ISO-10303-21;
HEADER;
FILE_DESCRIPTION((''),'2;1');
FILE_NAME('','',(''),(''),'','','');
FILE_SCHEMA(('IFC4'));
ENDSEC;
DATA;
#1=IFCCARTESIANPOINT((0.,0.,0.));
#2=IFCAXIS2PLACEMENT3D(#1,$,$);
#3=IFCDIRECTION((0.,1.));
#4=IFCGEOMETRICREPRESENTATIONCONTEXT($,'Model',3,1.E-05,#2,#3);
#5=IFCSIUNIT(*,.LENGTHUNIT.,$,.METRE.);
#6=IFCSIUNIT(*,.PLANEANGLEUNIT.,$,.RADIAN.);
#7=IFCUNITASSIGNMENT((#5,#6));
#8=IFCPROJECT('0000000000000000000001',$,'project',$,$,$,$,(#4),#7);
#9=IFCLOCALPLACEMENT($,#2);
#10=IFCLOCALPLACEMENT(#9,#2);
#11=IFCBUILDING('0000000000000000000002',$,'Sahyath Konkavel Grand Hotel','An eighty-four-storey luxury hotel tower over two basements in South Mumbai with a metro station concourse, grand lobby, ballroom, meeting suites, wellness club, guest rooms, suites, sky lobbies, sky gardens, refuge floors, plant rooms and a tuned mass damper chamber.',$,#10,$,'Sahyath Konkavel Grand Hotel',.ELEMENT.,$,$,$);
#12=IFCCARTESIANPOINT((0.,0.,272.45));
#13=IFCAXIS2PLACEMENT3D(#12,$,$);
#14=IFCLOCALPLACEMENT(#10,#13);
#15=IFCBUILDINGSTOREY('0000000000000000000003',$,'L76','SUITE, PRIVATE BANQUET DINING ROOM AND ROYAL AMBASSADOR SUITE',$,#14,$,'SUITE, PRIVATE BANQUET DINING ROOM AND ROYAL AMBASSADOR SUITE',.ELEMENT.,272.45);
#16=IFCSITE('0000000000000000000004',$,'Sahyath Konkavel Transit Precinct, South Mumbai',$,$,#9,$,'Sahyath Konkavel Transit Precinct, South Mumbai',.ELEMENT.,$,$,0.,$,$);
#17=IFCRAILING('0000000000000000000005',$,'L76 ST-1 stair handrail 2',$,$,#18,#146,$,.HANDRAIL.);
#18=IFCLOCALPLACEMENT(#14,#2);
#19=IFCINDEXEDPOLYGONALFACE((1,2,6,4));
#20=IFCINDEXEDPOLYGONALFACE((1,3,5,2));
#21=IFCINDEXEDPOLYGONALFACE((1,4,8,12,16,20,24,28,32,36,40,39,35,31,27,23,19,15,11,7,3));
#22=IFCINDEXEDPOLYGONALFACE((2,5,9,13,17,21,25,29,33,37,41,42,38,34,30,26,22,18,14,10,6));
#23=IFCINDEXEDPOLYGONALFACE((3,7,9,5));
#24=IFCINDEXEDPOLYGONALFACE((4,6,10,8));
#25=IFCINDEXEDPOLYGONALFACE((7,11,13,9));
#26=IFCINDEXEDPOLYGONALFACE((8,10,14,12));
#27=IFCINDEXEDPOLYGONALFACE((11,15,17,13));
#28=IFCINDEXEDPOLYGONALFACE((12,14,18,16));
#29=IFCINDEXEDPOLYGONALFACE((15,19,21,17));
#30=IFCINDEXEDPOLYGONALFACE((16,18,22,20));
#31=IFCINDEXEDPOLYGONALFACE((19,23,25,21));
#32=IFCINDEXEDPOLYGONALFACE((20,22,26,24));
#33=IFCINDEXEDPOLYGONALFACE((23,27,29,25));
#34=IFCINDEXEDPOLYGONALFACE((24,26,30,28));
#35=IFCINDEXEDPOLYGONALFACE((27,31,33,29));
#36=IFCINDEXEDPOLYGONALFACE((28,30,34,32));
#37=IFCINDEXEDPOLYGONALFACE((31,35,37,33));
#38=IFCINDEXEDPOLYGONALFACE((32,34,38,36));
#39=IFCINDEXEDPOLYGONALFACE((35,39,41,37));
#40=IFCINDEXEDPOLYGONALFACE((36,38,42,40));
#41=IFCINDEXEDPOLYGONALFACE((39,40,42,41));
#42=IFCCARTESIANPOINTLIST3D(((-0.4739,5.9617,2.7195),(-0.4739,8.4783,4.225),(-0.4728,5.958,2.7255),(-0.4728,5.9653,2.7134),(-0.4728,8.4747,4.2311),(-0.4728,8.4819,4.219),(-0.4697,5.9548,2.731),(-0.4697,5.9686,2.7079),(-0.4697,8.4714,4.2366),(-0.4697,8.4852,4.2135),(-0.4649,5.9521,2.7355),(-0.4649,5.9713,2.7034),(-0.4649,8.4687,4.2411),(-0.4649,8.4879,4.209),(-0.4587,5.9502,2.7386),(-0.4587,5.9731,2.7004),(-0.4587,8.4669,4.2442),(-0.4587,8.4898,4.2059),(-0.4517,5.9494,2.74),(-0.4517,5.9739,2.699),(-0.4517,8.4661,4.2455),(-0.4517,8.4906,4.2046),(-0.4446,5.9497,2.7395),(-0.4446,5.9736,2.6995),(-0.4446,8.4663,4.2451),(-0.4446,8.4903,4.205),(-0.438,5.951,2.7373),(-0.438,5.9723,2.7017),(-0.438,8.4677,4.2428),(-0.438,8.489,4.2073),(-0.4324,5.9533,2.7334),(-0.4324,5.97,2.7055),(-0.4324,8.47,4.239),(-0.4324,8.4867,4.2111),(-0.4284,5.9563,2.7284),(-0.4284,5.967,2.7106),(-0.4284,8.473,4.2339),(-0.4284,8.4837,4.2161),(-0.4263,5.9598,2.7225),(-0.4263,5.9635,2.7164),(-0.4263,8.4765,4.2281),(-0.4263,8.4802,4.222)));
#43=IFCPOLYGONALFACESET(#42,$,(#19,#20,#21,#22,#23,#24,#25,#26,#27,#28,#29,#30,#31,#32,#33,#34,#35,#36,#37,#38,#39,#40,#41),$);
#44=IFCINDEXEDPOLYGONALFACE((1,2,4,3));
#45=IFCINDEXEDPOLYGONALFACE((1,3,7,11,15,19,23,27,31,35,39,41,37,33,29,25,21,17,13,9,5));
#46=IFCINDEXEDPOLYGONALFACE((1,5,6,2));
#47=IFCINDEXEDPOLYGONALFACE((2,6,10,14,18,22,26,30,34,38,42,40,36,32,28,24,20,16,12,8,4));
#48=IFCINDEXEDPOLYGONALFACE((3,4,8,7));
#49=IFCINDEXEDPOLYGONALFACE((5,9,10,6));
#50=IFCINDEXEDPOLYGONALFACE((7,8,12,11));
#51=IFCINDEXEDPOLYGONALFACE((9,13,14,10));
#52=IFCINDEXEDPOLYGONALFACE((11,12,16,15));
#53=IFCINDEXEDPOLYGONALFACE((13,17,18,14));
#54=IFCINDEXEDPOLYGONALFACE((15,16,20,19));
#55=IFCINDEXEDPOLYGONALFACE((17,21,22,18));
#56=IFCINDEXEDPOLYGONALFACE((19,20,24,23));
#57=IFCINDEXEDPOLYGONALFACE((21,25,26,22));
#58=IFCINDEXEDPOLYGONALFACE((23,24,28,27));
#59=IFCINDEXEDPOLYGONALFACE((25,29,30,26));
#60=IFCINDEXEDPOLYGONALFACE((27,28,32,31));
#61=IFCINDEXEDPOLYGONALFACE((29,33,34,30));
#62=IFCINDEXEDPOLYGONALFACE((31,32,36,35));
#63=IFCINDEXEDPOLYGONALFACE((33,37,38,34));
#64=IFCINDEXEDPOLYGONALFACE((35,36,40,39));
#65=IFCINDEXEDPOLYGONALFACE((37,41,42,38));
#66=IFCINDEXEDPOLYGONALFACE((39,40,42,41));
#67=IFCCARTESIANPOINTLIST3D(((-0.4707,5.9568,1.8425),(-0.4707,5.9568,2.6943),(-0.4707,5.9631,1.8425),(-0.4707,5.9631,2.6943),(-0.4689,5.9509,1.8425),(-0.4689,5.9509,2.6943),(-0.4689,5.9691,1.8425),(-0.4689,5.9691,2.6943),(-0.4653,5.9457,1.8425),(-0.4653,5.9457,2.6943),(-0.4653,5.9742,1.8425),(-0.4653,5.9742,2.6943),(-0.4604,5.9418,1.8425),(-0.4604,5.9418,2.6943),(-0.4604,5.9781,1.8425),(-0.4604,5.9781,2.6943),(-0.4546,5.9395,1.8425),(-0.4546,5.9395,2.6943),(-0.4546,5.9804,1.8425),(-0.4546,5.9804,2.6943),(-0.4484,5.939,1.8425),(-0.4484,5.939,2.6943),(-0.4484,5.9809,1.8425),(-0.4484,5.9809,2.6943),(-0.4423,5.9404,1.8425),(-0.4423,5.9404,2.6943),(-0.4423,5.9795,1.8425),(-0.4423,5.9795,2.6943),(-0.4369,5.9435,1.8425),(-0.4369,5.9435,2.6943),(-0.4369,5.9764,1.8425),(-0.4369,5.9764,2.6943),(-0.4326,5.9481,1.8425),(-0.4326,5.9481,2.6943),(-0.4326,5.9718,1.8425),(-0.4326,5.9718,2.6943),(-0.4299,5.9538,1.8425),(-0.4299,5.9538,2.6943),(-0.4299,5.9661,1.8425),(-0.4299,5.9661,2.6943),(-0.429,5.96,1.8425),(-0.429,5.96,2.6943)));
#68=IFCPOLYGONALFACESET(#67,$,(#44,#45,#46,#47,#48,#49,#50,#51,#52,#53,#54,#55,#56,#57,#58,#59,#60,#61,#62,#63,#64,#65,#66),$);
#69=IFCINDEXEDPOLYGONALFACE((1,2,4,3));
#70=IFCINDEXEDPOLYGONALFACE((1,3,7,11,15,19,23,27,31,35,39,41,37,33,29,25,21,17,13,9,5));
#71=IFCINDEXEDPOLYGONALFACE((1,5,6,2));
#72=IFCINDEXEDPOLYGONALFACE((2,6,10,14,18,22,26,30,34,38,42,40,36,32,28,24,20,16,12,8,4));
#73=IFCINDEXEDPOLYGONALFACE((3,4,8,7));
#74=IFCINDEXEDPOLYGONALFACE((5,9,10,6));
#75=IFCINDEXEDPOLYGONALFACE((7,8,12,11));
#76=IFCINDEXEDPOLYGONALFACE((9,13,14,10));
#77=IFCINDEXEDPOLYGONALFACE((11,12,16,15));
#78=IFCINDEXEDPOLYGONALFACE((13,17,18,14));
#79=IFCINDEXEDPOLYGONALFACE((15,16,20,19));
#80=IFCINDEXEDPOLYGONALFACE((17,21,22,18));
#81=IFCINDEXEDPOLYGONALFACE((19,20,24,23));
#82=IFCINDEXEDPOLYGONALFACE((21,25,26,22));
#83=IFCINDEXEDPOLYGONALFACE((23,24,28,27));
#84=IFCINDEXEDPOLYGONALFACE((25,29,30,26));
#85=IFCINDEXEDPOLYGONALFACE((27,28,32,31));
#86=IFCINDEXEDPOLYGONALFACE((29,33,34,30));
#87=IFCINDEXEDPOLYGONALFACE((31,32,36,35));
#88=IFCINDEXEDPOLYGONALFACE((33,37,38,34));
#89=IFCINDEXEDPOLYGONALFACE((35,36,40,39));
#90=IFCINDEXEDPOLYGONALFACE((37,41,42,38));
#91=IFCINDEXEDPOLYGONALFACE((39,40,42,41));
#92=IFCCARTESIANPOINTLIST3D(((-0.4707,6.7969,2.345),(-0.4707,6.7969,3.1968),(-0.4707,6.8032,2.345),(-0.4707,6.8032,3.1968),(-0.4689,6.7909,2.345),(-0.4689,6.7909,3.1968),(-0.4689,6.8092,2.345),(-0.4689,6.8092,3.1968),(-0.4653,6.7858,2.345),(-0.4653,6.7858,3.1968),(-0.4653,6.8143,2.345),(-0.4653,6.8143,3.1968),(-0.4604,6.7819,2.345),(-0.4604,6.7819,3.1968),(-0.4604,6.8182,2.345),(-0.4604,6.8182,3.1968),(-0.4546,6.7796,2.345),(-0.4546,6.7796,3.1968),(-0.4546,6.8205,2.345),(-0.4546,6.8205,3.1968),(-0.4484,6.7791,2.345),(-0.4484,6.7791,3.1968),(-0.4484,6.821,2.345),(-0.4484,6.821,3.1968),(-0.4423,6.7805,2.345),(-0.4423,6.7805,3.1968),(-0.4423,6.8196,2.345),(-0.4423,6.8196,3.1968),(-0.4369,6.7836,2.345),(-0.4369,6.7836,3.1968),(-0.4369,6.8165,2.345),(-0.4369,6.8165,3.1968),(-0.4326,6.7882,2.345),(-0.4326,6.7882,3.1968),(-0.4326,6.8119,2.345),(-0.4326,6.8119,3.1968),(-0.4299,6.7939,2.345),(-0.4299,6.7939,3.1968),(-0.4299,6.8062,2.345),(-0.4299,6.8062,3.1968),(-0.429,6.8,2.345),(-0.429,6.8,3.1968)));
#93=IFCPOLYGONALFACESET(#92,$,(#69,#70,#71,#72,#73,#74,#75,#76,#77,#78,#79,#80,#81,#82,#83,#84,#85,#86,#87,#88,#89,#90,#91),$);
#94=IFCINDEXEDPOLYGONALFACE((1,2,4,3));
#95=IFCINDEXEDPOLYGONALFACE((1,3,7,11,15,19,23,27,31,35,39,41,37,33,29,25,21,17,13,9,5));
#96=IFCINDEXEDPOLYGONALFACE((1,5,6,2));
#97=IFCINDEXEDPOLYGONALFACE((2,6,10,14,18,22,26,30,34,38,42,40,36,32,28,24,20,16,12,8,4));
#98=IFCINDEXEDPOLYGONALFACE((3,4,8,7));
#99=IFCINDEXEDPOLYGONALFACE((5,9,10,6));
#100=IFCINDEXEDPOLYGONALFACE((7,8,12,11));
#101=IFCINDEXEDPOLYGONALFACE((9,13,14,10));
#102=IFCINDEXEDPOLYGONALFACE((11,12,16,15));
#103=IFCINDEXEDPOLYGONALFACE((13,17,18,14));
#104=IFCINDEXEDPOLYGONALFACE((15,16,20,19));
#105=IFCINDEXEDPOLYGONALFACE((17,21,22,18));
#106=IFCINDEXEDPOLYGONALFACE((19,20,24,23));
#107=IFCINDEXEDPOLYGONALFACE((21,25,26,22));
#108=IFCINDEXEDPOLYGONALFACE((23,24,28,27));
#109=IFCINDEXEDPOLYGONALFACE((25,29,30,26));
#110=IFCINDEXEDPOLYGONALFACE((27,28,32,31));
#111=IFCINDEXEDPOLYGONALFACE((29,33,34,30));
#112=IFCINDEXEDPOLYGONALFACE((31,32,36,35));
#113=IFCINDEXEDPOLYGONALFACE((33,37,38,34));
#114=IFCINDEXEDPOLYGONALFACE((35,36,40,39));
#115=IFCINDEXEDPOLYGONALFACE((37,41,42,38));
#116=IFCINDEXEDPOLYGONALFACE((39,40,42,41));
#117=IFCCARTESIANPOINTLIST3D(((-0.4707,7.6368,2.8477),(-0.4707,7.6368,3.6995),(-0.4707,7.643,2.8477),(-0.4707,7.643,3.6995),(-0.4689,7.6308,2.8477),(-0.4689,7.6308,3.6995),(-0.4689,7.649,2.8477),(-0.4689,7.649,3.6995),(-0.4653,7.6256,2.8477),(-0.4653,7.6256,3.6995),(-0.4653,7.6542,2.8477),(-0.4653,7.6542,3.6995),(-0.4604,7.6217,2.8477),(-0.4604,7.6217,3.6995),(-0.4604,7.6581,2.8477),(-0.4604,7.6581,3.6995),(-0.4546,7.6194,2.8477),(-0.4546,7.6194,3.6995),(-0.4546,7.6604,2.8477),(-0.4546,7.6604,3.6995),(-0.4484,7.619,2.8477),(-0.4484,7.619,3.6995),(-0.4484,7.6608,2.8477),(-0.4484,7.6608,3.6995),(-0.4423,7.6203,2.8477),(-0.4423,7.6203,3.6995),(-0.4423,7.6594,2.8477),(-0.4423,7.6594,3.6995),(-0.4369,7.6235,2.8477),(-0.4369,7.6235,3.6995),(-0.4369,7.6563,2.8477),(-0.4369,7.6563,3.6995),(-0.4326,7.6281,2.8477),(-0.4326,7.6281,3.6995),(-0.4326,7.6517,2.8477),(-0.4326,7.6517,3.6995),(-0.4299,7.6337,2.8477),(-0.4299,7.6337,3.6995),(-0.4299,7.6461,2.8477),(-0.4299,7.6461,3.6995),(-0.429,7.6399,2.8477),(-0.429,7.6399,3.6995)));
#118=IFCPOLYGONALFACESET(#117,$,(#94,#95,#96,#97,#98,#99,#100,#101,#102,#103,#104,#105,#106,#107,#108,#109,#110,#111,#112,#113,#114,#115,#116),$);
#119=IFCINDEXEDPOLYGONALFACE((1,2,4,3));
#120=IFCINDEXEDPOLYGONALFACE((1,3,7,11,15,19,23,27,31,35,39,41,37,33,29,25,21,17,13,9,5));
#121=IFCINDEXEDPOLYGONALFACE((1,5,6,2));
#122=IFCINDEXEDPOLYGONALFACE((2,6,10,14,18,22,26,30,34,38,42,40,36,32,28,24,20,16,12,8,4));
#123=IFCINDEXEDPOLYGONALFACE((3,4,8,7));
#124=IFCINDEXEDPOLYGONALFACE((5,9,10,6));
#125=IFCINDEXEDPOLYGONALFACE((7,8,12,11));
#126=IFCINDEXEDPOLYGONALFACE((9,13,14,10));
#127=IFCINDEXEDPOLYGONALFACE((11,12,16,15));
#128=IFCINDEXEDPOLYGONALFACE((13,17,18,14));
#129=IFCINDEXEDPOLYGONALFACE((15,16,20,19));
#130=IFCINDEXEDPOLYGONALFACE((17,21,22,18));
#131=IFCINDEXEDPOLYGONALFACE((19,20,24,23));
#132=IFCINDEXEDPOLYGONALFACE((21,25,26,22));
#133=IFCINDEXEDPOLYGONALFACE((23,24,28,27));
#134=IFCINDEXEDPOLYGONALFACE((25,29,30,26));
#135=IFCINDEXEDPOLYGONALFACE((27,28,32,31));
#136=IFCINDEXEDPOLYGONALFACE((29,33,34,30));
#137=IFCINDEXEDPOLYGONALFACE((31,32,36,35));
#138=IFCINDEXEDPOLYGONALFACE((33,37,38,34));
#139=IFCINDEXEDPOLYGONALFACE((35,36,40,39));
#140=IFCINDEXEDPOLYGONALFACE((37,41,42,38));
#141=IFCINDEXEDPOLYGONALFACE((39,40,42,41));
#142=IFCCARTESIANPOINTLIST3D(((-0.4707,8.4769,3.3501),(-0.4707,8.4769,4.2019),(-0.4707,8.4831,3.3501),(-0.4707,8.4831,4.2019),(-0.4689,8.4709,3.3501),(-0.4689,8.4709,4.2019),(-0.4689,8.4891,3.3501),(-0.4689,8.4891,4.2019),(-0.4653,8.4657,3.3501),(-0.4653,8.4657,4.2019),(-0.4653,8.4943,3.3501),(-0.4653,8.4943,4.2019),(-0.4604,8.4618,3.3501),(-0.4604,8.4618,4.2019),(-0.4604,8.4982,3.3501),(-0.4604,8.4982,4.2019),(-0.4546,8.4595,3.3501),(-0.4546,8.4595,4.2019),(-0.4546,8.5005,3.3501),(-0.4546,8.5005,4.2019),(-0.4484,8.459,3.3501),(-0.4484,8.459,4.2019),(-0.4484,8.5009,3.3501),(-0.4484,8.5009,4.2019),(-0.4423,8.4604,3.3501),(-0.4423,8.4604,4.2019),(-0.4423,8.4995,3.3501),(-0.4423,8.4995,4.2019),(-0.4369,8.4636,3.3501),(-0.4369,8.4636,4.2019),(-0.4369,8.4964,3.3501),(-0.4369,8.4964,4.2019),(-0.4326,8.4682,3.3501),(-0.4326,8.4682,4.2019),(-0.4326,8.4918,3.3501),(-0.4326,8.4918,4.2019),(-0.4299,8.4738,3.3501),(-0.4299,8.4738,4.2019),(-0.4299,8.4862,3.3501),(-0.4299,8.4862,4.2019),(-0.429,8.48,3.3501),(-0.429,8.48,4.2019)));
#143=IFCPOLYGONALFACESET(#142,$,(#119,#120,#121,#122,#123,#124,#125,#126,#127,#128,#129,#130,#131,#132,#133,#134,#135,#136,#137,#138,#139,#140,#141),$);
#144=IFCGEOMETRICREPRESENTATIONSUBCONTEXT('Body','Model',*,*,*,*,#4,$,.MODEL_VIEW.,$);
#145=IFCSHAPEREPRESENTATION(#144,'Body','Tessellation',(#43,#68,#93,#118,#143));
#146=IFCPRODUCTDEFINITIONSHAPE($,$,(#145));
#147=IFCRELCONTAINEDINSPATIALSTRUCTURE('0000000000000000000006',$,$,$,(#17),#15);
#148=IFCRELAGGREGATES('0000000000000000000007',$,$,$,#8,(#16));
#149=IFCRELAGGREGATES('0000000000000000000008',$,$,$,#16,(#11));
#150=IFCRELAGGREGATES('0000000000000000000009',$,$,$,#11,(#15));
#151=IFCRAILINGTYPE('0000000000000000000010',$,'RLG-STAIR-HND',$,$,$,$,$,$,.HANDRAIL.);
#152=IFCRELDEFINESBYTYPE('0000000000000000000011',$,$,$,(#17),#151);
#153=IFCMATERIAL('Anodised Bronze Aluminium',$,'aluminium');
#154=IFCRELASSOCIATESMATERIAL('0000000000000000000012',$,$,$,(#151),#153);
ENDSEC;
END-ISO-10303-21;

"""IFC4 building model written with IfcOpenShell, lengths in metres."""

from ifc_helpers import new_model, si_unit, direction, frame, origin, origin_2d, place, context, subcontext, project, spatial, circle, extrude, material, type_object, element, save


model = new_model("IFC4")

# Units and contexts
model_context = context("Model", 3, precision=1e-05, world=origin(), true_north=direction((0.0, 1.0)))
body_context = subcontext(model_context, "Body", "Model", "MODEL_VIEW")
ifc_project = project(units=[si_unit("LENGTHUNIT", "METRE"), si_unit("PLANEANGLEUNIT", "RADIAN")], contexts=[model_context])

# Site, building, storey
site_placement = place(None, origin())
site = spatial("IfcSite", under=ifc_project, at=site_placement, Name="Sahyath Konkavel Transit Precinct, South Mumbai", LongName="Sahyath Konkavel Transit Precinct, South Mumbai", CompositionType="ELEMENT", RefElevation=0.0)
building_placement = place(site_placement, origin())
building = spatial("IfcBuilding", under=site, at=building_placement, Name="Sahyath Konkavel Grand Hotel", Description="An eighty-four-storey luxury hotel tower over two basements in South Mumbai with a metro station concourse, grand lobby, ballroom, meeting suites, wellness club, guest rooms, suites, sky lobbies, sky gardens, refuge floors, plant rooms and a tuned mass damper chamber.", LongName="Sahyath Konkavel Grand Hotel", CompositionType="ELEMENT")
storey_placement = place(building_placement, frame((0.0, 0.0, 272.45)))
storey = spatial("IfcBuildingStorey", under=building, at=storey_placement, Name="L76", Description="SUITE, PRIVATE BANQUET DINING ROOM AND ROYAL AMBASSADOR SUITE", LongName="SUITE, PRIVATE BANQUET DINING ROOM AND ROYAL AMBASSADOR SUITE", CompositionType="ELEMENT", Elevation=272.45)

# Shared definitions
ifc_material_1 = material(Name="Anodised Bronze Aluminium", Category="aluminium")

# Railing
railing_type_1 = type_object("IfcRailingType", Name="RLG-STAIR-HND", PredefinedType="HANDRAIL", material=ifc_material_1)
railing_1_placement = place(storey_placement, frame((-0.45, 5.96, 1.8425)))
element("IfcRailing", 1, at=railing_1_placement, inside=storey, type_object=railing_type_1, Name="L76 ST-1 stair handrail 2", PredefinedType="HANDRAIL", context=body_context, shape_type="SweptSolid", body=[
    extrude(circle(Radius=0.0239, at=origin_2d()), frame((0.0, 0.0017, 0.877), z_axis=(0.0, 0.85816, 0.513383), x_axis=(-1.0, 0.0, 0.0)), (0.0, 0.0, 1.0), 2.9326),
    extrude(circle(Radius=0.021, at=origin_2d()), origin(), (0.0, 0.0, 1.0), 0.8518),
    extrude(circle(Radius=0.021, at=origin_2d()), frame((0.0, 0.8401, 0.5024)), (0.0, 0.0, 1.0), 0.8518),
    extrude(circle(Radius=0.021, at=origin_2d()), frame((0.0, 1.6799, 1.0051)), (0.0, 0.0, 1.0), 0.8518),
    extrude(circle(Radius=0.021, at=origin_2d()), frame((0.0, 2.52, 1.5076)), (0.0, 0.0, 1.0), 0.8518),
])

save(model, "model.ifc")
